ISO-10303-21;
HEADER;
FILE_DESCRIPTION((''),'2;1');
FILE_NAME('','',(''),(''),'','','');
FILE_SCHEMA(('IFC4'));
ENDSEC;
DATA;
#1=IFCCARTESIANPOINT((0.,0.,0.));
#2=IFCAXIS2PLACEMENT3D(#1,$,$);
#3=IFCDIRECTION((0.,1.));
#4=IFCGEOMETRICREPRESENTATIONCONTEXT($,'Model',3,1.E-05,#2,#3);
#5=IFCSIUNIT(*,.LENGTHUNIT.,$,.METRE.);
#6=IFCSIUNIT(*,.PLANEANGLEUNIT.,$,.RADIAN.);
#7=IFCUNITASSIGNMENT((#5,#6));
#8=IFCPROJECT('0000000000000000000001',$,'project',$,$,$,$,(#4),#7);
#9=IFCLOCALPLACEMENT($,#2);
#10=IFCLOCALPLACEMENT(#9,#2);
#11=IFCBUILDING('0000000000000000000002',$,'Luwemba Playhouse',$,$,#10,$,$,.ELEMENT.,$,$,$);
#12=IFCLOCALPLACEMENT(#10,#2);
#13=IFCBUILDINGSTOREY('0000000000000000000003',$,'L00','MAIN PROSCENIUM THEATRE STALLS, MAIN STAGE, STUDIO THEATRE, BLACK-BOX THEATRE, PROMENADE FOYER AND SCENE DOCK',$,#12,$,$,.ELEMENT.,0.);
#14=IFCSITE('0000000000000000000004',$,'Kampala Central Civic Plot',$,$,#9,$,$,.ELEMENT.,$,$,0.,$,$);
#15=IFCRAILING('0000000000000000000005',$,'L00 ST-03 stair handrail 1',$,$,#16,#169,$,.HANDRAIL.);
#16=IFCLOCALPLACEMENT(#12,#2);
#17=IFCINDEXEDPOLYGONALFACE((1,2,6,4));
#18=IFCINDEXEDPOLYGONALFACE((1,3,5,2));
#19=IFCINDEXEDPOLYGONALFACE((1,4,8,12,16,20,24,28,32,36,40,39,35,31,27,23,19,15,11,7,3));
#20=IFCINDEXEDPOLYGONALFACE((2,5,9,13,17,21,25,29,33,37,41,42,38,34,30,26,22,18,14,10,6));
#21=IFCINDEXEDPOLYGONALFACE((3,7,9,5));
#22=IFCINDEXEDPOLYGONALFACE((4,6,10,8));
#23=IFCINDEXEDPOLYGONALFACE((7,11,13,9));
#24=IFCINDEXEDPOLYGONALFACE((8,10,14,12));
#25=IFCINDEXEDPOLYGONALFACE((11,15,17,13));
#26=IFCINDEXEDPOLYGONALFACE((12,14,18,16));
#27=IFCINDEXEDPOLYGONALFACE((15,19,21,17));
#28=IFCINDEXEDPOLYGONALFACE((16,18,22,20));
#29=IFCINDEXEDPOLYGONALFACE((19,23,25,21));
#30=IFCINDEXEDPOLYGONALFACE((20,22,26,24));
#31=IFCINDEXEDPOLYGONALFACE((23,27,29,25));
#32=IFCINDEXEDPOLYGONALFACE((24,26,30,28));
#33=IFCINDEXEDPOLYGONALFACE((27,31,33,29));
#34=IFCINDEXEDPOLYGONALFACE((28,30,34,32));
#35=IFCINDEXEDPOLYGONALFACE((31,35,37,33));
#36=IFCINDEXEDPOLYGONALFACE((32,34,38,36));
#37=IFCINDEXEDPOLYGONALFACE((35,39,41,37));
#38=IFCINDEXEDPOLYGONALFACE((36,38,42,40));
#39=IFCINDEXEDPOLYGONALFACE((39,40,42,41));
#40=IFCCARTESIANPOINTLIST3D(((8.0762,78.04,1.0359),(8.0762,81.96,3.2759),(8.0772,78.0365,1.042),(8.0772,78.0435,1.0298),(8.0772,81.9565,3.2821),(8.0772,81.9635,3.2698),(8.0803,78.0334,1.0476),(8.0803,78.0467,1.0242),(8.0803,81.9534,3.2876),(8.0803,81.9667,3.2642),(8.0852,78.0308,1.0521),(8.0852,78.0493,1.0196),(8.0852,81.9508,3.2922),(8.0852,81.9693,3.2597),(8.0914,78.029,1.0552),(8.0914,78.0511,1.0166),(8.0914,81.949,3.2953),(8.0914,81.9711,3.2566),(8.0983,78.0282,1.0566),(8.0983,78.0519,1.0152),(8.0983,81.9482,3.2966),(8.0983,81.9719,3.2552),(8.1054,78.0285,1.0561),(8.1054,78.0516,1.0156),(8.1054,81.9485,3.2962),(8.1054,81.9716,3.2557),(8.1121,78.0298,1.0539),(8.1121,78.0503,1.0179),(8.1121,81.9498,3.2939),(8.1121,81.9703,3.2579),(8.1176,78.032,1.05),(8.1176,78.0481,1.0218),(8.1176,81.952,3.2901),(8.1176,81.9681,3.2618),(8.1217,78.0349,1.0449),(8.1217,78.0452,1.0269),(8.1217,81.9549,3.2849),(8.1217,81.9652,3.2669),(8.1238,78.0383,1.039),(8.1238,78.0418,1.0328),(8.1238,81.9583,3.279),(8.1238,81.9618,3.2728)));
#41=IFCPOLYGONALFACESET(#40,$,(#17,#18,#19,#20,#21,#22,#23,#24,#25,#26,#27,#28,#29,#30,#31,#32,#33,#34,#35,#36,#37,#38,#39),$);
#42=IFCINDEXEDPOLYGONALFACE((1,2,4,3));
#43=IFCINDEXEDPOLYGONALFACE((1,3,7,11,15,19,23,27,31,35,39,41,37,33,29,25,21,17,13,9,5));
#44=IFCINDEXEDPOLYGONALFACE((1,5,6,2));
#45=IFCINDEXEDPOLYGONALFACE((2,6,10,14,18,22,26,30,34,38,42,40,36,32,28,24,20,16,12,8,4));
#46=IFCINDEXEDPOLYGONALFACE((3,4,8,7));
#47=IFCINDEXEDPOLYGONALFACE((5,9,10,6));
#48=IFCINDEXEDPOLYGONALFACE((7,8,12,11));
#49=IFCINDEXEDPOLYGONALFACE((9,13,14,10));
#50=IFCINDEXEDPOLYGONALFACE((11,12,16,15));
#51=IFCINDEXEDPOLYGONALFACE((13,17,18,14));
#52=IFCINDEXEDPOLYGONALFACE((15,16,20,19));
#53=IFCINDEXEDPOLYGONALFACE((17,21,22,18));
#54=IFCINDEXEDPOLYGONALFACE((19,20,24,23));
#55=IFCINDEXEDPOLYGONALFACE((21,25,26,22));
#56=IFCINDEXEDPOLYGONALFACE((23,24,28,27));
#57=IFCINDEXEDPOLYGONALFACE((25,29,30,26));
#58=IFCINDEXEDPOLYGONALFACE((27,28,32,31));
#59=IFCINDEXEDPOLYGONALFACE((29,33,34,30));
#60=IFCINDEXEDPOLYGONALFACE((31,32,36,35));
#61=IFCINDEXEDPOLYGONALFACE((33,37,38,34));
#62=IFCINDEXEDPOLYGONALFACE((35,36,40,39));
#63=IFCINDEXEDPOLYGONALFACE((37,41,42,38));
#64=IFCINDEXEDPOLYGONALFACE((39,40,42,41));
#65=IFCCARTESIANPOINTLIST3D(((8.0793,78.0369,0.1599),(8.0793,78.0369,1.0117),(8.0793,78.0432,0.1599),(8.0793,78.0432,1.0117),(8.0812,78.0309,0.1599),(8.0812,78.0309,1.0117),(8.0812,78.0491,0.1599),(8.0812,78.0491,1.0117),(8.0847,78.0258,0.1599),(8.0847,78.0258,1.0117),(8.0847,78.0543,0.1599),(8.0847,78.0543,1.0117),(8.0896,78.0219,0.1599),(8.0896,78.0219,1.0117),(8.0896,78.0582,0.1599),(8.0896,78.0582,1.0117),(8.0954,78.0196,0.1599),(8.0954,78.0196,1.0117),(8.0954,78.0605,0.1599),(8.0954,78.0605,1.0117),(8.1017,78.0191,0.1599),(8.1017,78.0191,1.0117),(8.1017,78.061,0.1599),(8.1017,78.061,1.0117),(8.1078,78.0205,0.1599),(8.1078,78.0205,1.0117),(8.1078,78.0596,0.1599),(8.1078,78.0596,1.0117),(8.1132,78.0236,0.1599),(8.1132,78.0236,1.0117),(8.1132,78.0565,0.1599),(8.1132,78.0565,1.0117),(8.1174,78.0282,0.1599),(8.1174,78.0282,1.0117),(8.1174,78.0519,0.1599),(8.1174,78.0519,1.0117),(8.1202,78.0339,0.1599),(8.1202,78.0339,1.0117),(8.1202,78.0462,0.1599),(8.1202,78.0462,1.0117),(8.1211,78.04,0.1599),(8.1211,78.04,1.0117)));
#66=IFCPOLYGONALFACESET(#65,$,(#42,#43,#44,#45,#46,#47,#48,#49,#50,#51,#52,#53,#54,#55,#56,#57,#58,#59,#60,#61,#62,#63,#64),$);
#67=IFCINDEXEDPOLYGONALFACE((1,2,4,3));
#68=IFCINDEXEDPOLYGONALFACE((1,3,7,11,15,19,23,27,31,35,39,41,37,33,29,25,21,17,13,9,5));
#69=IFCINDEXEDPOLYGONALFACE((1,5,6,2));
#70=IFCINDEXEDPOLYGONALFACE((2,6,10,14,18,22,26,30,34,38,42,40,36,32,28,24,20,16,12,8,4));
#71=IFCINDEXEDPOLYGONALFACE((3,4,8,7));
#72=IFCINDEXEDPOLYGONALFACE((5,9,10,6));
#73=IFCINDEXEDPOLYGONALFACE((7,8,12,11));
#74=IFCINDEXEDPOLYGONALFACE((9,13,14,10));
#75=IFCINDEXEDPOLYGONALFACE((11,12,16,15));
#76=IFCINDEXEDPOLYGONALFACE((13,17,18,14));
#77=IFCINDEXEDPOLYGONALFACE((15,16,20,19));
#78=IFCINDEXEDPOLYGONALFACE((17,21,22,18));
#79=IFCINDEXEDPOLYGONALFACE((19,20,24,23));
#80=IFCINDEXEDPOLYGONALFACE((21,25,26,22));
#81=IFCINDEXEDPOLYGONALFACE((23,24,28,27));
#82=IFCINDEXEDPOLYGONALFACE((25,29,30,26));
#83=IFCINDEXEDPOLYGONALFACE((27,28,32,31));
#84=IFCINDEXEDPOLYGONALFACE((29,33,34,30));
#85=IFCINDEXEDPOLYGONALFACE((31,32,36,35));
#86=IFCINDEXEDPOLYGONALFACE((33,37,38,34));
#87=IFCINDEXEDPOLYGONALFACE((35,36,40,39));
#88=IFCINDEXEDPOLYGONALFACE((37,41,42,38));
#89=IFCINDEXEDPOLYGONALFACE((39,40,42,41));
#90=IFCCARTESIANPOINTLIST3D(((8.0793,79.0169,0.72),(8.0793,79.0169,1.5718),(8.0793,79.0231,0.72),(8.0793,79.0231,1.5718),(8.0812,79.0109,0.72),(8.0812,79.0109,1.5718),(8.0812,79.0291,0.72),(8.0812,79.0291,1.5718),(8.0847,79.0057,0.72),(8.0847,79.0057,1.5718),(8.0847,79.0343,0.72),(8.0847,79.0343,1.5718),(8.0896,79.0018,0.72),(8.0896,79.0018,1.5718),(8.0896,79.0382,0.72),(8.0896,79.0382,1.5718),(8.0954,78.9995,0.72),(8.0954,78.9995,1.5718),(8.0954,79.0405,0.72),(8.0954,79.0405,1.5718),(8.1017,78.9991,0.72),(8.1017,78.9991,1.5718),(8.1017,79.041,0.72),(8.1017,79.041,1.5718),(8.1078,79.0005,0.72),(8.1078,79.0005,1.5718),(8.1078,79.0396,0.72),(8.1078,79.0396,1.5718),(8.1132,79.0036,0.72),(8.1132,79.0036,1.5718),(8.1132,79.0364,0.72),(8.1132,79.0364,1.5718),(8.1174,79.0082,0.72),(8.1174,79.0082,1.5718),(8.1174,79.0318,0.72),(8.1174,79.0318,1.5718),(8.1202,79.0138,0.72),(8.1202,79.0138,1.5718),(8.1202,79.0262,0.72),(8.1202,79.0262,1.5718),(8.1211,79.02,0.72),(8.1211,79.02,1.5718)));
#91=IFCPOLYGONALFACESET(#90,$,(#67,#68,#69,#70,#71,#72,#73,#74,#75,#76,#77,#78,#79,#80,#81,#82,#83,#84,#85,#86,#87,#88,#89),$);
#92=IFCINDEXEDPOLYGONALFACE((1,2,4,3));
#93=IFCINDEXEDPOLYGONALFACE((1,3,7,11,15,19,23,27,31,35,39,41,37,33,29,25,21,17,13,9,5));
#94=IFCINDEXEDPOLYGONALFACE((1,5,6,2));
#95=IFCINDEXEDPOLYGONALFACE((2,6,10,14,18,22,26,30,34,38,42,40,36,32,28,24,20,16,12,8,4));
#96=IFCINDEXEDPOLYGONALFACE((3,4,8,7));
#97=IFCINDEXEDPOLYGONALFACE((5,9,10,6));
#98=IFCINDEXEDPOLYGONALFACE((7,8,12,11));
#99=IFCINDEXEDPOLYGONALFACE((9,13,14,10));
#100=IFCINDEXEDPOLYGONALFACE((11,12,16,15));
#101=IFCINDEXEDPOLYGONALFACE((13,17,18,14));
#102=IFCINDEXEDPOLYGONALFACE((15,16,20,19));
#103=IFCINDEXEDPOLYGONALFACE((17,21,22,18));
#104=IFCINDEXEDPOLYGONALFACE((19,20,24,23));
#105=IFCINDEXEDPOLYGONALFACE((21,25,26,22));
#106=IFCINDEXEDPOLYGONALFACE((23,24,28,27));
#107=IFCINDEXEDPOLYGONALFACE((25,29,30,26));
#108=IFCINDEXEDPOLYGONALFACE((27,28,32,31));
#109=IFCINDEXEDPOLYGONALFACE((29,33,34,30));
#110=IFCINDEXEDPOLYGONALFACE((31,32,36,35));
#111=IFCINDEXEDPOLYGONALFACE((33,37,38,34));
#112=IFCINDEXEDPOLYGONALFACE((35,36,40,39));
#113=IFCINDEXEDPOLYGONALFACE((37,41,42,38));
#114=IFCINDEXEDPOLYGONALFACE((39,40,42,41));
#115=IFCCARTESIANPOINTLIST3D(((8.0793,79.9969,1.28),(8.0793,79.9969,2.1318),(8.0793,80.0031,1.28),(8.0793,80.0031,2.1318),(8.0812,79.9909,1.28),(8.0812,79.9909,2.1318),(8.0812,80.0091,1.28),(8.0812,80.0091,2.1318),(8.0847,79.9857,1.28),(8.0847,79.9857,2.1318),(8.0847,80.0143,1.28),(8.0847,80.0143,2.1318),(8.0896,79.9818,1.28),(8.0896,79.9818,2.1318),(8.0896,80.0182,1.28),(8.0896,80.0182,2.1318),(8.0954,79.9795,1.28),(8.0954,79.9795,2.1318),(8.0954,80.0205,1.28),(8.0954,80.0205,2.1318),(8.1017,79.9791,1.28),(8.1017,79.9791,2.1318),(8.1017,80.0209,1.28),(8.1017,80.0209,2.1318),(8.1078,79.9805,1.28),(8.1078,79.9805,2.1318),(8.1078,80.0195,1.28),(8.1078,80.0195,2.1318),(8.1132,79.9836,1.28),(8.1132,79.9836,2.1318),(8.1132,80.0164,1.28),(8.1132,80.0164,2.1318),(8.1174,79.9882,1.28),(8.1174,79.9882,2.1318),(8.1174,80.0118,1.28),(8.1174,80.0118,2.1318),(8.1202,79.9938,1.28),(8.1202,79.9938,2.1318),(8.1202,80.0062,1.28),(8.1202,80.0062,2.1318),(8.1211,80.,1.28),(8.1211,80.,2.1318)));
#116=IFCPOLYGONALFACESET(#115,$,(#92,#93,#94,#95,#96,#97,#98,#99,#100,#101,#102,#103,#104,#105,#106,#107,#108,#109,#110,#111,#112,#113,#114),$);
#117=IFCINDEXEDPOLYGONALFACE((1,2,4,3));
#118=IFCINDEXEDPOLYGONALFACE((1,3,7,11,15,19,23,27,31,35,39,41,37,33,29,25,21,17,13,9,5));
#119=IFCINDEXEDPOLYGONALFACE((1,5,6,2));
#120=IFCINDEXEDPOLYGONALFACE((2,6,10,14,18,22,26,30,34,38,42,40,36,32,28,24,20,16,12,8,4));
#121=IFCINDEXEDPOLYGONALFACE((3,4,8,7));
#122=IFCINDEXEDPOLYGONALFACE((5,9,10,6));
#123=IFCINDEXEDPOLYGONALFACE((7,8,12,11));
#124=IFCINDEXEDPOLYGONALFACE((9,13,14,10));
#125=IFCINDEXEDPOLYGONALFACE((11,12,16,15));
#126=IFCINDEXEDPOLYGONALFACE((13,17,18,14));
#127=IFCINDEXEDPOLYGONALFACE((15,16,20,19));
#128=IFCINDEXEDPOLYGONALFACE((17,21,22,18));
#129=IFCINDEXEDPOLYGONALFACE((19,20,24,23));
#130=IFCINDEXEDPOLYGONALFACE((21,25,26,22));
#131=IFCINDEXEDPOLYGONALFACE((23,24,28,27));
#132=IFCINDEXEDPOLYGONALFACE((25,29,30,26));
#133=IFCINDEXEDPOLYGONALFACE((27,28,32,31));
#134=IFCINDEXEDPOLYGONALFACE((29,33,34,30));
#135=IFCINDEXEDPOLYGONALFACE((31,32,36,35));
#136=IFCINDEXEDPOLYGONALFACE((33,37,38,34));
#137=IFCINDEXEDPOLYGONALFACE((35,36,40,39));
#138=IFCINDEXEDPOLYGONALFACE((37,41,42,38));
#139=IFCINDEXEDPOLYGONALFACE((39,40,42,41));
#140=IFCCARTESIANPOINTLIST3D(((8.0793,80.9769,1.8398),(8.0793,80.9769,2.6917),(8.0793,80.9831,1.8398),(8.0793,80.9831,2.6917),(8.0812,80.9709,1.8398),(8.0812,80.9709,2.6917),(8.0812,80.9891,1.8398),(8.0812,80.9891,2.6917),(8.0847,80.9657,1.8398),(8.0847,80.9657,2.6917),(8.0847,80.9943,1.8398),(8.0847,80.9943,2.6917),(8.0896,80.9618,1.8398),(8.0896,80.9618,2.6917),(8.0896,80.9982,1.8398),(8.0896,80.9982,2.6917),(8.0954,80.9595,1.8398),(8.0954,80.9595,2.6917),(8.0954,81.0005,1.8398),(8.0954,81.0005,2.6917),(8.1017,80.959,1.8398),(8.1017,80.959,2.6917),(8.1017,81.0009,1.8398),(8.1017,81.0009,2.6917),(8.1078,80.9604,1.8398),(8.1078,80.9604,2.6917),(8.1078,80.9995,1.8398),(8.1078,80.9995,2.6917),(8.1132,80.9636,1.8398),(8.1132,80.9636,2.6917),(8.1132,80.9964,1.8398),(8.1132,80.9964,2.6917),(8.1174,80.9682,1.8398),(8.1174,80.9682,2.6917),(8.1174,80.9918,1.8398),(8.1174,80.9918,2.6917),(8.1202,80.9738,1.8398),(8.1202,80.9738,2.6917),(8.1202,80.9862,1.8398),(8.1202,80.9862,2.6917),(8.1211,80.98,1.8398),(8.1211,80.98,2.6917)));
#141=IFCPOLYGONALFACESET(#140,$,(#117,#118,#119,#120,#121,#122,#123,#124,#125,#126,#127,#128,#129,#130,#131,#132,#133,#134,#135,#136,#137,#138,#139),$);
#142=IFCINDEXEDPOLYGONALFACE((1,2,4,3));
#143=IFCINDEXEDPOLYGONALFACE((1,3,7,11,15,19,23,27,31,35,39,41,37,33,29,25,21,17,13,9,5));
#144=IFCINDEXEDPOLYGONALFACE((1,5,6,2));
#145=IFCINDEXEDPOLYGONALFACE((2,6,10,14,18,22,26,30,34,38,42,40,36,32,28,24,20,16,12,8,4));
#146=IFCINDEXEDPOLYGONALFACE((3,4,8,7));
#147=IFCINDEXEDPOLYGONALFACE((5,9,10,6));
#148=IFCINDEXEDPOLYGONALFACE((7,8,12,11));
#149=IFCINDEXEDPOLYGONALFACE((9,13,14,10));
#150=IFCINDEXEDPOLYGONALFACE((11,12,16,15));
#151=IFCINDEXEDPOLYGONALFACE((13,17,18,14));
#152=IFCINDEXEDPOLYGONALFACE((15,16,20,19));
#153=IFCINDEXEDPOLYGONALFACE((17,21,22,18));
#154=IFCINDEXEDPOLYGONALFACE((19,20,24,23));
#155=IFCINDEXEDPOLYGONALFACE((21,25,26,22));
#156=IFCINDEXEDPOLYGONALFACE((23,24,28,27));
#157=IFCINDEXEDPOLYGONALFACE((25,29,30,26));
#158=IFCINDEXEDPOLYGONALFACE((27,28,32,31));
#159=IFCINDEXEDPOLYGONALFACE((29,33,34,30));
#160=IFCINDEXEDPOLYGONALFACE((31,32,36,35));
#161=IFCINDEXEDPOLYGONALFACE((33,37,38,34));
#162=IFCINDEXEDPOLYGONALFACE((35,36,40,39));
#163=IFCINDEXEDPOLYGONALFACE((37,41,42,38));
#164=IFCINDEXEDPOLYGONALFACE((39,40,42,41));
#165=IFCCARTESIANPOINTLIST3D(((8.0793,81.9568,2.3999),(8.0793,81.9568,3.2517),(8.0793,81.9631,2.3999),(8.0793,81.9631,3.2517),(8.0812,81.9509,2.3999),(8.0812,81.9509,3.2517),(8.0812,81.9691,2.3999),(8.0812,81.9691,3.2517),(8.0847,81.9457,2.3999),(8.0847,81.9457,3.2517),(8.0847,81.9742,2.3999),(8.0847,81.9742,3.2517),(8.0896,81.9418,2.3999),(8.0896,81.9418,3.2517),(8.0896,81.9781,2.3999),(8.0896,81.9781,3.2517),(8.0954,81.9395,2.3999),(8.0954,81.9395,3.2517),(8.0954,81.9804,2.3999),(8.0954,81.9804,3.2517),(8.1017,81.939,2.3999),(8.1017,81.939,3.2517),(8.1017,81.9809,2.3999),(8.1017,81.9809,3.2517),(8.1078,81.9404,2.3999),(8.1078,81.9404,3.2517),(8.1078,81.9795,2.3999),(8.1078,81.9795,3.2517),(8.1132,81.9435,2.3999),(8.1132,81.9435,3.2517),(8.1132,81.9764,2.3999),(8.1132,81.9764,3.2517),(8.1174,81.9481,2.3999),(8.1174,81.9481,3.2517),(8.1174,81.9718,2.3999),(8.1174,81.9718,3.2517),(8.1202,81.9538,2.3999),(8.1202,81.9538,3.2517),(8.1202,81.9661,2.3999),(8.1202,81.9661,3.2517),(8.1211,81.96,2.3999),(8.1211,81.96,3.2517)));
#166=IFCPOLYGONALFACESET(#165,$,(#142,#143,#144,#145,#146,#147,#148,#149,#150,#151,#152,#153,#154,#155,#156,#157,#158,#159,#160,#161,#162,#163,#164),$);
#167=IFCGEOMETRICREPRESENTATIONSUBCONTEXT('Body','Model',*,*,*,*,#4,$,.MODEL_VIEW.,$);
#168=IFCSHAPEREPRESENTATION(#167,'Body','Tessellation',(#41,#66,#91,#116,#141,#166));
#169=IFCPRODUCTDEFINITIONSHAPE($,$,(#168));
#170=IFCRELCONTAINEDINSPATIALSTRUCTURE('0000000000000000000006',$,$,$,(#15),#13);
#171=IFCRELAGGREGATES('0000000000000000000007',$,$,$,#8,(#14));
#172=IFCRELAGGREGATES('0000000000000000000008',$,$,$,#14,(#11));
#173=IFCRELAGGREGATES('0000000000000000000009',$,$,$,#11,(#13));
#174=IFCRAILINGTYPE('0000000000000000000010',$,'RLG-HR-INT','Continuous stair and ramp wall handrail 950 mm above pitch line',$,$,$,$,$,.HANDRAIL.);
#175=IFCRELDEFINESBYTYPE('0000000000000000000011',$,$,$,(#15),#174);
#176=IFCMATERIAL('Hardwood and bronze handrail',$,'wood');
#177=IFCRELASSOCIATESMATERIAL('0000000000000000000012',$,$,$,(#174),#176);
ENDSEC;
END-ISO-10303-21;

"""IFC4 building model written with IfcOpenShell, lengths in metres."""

from ifc_helpers import new_model, si_unit, direction, frame, origin, origin_2d, place, context, subcontext, project, spatial, circle, extrude, material, type_object, element, save


model = new_model("IFC4")

# Units and contexts
model_context = context("Model", 3, precision=1e-05, world=origin(), true_north=direction((0.0, 1.0)))
body_context = subcontext(model_context, "Body", "Model", "MODEL_VIEW")
ifc_project = project(units=[si_unit("LENGTHUNIT", "METRE"), si_unit("PLANEANGLEUNIT", "RADIAN")], contexts=[model_context])

# Site, building, storey
site_placement = place(None, origin())
site = spatial("IfcSite", under=ifc_project, at=site_placement, Name="Kampala Central Civic Plot", CompositionType="ELEMENT", RefElevation=0.0)
building_placement = place(site_placement, origin())
building = spatial("IfcBuilding", under=site, at=building_placement, Name="Luwemba Playhouse", CompositionType="ELEMENT")
storey_placement = place(building_placement, origin())
storey = spatial("IfcBuildingStorey", under=building, at=storey_placement, Name="L00", Description="MAIN PROSCENIUM THEATRE STALLS, MAIN STAGE, STUDIO THEATRE, BLACK-BOX THEATRE, PROMENADE FOYER AND SCENE DOCK", CompositionType="ELEMENT", Elevation=0.0)

# Railing
ifc_material_1 = material(Name="Hardwood and bronze handrail", Category="wood")
railing_type = type_object("IfcRailingType", Name="RLG-HR-INT", Description="Continuous stair and ramp wall handrail 950 mm above pitch line", PredefinedType="HANDRAIL", material=ifc_material_1)
railing_placement = place(storey_placement, frame((8.1001, 78.04, 0.1599)))
element("IfcRailing", 1, at=railing_placement, inside=storey, type_object=railing_type, Name="L00 ST-03 stair handrail 1", PredefinedType="HANDRAIL", context=body_context, shape_type="SweptSolid", body=[
    extrude(circle(Radius=0.0239, at=origin_2d()), frame((0.0, 0.0, 0.876), z_axis=(0.0, 0.86824, 0.496145), x_axis=(-1.0, 0.0, 0.0)), (0.0, 0.0, 1.0), 4.5149),
    extrude(circle(Radius=0.021, at=origin_2d()), origin(), (0.0, 0.0, 1.0), 0.8518),
    extrude(circle(Radius=0.021, at=origin_2d()), frame((0.0, 0.98, 0.5601)), (0.0, 0.0, 1.0), 0.8518),
    extrude(circle(Radius=0.021, at=origin_2d()), frame((0.0, 1.96, 1.1201)), (0.0, 0.0, 1.0), 0.8518),
    extrude(circle(Radius=0.021, at=origin_2d()), frame((0.0, 2.9399, 1.6799)), (0.0, 0.0, 1.0), 0.8518),
    extrude(circle(Radius=0.021, at=origin_2d()), frame((0.0, 3.9199, 2.24)), (0.0, 0.0, 1.0), 0.8518),
])

save(model, "model.ifc")
